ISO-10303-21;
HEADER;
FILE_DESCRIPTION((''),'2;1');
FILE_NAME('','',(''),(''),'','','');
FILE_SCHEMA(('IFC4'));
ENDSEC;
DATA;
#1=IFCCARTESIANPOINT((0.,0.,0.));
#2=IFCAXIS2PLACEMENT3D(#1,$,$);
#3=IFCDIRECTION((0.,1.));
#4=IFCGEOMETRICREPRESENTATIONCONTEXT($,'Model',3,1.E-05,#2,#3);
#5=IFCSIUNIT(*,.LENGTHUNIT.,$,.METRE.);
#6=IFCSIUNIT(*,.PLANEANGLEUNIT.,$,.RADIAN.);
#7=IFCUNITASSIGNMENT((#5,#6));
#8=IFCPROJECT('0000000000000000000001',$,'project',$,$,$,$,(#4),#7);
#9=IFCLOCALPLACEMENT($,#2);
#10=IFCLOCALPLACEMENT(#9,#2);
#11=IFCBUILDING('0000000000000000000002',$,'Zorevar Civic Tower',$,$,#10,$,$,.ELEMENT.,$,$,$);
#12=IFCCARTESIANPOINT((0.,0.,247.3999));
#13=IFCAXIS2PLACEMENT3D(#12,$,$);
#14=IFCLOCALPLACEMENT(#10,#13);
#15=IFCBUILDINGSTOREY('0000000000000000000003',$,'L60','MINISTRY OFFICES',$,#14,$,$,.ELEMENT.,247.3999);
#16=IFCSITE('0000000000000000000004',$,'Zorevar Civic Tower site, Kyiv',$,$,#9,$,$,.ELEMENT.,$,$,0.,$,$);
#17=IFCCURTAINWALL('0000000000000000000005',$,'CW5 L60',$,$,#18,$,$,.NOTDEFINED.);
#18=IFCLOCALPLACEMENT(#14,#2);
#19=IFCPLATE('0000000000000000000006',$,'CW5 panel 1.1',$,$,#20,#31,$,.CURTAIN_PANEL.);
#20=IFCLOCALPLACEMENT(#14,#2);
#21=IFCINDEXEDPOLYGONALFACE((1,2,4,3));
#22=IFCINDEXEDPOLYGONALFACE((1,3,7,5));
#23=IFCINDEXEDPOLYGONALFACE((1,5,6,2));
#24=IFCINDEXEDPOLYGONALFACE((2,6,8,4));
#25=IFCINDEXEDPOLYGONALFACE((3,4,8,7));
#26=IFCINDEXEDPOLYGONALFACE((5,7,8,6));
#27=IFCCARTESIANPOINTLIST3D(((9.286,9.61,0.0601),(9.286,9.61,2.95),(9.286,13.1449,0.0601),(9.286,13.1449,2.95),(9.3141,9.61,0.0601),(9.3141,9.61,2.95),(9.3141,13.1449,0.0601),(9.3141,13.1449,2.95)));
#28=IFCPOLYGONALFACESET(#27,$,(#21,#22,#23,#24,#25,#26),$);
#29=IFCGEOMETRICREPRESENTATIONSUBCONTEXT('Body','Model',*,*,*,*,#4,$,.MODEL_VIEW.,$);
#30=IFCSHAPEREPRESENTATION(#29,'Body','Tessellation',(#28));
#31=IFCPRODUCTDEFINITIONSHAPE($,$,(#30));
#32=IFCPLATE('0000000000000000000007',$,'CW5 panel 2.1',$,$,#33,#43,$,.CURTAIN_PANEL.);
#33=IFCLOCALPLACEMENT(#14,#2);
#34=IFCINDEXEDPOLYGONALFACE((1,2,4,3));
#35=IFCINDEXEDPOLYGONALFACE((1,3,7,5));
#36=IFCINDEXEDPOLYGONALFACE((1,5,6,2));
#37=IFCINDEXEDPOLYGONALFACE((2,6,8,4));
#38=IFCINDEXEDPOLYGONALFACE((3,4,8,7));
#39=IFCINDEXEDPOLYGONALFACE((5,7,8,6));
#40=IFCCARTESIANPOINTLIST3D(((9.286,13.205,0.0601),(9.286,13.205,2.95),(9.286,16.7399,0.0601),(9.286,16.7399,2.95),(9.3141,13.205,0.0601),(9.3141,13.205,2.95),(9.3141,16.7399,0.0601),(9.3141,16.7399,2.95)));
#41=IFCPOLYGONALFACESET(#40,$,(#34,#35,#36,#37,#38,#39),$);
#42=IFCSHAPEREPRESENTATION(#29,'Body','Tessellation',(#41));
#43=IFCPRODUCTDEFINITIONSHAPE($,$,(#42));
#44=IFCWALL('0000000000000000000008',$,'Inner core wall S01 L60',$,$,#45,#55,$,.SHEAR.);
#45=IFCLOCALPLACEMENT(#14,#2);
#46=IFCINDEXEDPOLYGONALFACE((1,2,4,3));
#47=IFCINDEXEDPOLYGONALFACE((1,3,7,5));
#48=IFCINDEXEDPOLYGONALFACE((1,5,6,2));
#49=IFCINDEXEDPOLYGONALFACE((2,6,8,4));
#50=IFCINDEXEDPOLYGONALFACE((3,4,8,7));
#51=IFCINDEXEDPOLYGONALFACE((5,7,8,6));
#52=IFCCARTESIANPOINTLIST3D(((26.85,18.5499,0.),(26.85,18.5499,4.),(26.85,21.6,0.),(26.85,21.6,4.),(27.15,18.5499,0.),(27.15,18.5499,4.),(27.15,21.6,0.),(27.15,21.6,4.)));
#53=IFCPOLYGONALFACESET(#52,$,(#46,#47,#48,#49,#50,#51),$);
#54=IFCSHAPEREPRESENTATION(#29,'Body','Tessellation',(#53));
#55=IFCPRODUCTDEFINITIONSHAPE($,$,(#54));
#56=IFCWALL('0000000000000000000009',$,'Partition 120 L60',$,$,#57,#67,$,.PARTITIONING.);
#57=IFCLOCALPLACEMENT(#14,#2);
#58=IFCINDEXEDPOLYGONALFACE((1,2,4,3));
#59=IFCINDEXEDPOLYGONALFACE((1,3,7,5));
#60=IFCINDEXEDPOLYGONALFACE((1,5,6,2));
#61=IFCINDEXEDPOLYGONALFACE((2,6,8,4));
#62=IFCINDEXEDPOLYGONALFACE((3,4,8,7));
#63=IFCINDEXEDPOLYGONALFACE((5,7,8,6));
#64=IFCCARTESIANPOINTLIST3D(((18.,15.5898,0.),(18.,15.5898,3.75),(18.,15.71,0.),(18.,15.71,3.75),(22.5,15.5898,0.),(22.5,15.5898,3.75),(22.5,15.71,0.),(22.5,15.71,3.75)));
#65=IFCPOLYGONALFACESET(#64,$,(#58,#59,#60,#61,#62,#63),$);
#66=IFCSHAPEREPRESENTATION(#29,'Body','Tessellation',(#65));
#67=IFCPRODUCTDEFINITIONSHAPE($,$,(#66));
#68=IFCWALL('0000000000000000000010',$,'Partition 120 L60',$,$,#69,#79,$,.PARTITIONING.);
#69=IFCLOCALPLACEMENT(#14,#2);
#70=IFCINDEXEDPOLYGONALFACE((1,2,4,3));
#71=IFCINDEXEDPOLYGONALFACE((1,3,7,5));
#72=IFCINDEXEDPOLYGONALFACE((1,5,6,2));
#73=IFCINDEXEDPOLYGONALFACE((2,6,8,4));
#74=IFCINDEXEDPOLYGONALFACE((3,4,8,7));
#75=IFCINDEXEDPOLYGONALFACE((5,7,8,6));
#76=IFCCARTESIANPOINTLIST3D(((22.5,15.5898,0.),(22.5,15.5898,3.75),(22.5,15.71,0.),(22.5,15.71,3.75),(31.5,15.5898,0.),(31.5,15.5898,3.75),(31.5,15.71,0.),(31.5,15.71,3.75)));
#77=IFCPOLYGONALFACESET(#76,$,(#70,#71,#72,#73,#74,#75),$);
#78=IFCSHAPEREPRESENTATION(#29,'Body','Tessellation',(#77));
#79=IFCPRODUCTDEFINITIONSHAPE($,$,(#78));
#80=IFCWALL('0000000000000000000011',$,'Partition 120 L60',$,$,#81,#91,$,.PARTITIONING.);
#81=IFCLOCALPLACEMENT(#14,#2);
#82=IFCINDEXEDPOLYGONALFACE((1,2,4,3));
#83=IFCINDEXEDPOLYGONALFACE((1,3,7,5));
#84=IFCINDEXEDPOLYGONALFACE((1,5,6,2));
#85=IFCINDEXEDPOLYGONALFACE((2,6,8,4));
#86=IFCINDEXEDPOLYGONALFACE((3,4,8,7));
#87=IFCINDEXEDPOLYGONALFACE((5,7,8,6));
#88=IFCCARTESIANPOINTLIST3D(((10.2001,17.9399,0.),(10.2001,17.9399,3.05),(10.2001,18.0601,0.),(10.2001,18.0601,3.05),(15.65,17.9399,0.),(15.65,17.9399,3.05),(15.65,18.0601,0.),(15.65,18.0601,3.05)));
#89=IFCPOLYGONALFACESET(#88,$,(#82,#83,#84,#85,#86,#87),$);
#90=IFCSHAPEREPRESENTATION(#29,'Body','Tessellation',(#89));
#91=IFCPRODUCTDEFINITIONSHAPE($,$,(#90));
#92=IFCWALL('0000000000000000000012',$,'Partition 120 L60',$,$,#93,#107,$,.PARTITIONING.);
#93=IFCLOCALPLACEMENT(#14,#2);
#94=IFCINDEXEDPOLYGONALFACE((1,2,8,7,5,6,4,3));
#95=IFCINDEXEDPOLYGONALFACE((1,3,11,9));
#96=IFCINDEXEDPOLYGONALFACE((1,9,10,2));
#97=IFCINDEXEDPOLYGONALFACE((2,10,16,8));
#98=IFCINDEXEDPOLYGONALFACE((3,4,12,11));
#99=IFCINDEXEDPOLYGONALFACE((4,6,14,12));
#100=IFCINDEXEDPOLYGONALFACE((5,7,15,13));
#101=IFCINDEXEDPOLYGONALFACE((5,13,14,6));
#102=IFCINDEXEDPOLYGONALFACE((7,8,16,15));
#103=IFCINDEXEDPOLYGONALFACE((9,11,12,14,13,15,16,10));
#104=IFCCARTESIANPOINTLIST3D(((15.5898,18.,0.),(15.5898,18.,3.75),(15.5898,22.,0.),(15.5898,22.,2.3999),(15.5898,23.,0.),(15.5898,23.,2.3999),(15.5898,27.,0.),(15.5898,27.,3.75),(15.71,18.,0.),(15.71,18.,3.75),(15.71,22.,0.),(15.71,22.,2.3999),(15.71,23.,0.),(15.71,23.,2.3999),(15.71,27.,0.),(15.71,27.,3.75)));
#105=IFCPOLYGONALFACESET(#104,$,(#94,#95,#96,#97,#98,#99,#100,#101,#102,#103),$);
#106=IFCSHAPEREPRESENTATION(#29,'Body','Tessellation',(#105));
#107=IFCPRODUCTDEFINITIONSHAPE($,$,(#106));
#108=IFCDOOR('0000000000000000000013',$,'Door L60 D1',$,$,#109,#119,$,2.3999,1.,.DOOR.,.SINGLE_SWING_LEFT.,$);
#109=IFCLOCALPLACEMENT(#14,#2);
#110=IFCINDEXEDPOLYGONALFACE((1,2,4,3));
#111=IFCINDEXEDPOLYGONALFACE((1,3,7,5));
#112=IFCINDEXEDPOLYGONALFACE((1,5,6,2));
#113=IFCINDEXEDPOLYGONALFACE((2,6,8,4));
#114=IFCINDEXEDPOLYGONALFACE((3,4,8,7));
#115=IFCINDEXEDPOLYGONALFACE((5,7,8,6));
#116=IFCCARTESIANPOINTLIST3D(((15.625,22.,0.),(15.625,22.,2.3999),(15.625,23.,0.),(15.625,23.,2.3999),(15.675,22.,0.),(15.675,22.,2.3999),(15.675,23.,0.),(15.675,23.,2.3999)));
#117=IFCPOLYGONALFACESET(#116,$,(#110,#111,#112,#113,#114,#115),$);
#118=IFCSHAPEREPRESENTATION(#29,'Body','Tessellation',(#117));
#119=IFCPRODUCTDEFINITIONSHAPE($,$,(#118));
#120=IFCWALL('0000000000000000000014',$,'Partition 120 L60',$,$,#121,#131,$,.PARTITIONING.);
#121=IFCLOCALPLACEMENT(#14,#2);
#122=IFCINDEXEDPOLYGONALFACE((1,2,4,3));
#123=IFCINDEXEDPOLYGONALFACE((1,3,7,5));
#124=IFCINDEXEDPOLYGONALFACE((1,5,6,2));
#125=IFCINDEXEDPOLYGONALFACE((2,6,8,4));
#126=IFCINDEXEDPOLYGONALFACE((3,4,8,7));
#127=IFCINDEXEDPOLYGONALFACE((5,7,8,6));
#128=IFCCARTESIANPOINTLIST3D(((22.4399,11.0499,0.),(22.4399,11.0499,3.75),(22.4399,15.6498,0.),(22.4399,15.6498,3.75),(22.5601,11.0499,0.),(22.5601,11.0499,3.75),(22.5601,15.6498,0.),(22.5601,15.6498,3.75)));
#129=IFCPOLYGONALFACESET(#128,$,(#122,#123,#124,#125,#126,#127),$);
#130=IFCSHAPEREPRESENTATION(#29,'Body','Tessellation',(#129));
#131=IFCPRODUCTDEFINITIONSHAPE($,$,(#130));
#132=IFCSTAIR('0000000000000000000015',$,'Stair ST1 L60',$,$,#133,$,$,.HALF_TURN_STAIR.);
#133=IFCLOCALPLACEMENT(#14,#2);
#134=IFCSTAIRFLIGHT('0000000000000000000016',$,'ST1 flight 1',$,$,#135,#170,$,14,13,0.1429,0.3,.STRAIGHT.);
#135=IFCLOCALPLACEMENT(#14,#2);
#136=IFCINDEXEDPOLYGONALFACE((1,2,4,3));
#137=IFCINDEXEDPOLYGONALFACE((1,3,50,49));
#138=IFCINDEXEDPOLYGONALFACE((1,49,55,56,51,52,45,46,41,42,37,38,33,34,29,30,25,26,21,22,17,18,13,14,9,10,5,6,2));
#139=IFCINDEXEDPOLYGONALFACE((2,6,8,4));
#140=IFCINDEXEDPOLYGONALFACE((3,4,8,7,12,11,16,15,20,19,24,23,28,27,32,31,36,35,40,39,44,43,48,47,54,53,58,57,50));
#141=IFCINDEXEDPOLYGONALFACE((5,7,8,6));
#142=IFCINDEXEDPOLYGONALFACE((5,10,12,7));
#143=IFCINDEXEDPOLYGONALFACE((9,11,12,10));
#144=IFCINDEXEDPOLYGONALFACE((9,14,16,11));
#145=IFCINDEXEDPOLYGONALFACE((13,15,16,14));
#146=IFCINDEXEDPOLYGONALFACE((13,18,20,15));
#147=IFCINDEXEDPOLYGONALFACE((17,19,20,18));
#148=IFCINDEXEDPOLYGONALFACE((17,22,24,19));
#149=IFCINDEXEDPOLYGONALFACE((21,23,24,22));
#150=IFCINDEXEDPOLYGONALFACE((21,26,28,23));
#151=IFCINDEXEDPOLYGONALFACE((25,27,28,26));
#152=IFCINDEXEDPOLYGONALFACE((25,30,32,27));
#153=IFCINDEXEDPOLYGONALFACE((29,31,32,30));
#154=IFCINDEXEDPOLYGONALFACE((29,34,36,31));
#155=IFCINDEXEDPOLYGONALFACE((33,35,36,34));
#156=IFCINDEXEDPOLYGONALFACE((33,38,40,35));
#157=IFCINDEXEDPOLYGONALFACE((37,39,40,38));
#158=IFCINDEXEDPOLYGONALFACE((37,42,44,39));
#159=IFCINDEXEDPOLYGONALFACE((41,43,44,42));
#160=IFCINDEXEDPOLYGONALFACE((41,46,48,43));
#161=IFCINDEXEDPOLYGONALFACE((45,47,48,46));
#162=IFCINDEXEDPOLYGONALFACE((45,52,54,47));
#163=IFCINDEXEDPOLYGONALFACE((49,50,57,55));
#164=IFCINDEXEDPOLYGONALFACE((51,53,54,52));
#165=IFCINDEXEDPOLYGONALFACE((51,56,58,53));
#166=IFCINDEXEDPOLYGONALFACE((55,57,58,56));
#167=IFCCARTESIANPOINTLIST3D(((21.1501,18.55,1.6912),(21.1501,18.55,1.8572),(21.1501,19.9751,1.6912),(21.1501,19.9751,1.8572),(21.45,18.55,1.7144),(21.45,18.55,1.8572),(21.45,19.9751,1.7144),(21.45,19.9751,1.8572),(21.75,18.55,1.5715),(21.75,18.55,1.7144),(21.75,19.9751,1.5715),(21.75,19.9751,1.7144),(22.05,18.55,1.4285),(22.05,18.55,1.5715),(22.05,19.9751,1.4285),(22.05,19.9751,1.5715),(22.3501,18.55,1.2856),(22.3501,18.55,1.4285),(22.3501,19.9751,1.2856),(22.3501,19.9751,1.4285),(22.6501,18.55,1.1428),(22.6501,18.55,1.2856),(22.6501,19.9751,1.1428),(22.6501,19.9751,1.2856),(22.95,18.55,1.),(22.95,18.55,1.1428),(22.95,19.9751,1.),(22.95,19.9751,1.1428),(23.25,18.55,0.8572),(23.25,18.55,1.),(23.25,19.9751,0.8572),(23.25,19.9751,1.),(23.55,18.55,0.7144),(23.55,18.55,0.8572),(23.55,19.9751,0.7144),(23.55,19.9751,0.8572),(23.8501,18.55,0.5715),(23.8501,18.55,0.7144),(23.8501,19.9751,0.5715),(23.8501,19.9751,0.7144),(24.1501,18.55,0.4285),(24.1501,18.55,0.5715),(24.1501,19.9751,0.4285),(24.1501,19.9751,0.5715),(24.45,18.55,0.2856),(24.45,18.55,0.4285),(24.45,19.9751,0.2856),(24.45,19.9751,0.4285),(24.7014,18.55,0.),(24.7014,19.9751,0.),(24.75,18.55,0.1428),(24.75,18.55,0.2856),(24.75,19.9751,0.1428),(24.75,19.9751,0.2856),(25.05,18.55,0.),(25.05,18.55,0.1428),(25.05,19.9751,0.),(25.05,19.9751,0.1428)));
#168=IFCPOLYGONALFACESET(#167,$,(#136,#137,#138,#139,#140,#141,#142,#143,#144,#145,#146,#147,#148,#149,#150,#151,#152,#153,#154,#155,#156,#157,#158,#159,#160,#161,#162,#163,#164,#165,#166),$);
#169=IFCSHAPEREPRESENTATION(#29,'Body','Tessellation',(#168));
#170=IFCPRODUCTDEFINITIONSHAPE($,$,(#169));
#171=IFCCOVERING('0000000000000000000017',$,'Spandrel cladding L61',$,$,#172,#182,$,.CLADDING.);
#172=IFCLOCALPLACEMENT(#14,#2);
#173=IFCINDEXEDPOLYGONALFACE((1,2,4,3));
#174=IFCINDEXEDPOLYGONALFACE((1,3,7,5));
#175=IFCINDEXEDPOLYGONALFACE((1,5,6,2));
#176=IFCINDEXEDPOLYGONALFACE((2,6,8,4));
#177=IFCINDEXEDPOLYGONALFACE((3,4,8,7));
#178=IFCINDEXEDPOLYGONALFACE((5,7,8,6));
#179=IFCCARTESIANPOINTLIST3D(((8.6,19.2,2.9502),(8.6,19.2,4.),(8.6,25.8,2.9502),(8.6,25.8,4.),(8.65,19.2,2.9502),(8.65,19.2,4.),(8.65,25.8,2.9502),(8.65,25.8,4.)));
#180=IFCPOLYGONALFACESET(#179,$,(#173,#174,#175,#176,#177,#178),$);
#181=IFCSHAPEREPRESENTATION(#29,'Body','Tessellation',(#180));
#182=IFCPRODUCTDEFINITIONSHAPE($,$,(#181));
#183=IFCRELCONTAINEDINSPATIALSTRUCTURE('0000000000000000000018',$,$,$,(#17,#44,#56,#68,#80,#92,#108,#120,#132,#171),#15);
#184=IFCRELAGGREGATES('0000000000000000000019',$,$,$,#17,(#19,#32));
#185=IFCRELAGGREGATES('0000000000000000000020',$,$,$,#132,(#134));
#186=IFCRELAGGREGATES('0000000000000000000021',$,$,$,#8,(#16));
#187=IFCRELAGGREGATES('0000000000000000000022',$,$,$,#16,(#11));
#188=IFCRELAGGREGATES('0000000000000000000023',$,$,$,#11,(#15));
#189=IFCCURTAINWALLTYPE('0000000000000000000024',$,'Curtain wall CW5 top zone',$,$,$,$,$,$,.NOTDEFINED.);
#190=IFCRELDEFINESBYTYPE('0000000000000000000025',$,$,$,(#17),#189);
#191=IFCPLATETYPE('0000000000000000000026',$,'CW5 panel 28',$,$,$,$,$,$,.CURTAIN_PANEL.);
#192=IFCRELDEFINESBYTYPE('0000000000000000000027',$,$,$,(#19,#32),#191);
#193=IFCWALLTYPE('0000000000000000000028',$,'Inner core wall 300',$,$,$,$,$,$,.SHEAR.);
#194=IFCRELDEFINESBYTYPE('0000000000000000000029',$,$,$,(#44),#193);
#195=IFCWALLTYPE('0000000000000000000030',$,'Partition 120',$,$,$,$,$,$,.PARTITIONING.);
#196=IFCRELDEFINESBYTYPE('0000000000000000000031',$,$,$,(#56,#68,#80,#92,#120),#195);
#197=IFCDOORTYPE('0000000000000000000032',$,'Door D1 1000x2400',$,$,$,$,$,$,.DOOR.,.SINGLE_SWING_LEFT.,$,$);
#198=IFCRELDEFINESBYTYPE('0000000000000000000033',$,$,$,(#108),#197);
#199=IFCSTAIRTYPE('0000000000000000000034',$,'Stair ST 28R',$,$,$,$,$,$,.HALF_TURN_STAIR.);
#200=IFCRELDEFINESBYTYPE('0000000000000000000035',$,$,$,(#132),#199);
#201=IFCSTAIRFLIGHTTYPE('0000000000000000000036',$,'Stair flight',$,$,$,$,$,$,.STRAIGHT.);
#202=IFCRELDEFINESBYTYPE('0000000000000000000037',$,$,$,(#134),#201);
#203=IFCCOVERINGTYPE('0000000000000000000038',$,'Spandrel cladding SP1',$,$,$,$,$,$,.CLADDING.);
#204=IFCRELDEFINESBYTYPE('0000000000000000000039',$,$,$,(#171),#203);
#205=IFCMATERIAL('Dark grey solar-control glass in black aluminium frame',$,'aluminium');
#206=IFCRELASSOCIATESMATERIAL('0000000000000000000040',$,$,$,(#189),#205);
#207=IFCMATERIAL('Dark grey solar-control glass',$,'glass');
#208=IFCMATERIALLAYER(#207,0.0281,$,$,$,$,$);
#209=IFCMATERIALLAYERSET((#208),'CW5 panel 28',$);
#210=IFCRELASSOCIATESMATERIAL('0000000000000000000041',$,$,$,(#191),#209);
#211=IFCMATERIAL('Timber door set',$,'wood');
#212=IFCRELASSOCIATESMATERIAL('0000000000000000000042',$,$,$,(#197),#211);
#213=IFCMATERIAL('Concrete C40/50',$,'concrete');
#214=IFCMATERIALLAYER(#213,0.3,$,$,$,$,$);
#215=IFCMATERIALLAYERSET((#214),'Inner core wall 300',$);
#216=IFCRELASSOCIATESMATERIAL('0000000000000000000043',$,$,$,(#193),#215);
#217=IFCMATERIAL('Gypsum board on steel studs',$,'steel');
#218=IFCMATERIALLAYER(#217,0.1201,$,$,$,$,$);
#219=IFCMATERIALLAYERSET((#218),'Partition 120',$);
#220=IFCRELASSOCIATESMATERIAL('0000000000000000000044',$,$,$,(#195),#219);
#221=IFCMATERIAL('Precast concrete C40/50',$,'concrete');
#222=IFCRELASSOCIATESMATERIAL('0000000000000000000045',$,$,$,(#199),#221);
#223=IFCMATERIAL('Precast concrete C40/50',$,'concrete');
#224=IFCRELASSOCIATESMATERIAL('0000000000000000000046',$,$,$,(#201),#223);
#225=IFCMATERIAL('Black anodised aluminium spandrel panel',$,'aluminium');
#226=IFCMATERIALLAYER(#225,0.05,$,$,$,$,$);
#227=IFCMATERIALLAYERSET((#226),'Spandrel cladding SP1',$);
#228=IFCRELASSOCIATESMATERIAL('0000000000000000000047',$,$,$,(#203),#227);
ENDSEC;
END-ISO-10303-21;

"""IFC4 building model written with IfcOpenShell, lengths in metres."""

from ifc_helpers import new_model, si_unit, direction, frame, frame_2d, origin, origin_2d, place, context, subcontext, project, spatial, polyline, rectangle, outline, extrude, material, layer, layer_set, type_object, element, fill, aggregate, save


model = new_model("IFC4")

# Units and contexts
model_context = context("Model", 3, precision=1e-05, world=origin(), true_north=direction((0.0, 1.0)))
body_context = subcontext(model_context, "Body", "Model", "MODEL_VIEW")
ifc_project = project(units=[si_unit("LENGTHUNIT", "METRE"), si_unit("PLANEANGLEUNIT", "RADIAN")], contexts=[model_context])

# Site, building, storey
site_placement = place(None, origin())
site = spatial("IfcSite", under=ifc_project, at=site_placement, Name="Zorevar Civic Tower site, Kyiv", CompositionType="ELEMENT", RefElevation=0.0)
building_placement = place(site_placement, origin())
building = spatial("IfcBuilding", under=site, at=building_placement, Name="Zorevar Civic Tower", CompositionType="ELEMENT")
storey_placement = place(building_placement, frame((0.0, 0.0, 247.3999)))
storey = spatial("IfcBuildingStorey", under=building, at=storey_placement, Name="L60", Description="MINISTRY OFFICES", CompositionType="ELEMENT", Elevation=247.3999)

# Curtain wall
ifc_material_1 = material(Name="Dark grey solar-control glass in black aluminium frame", Category="aluminium")
curtain_wall_type = type_object("IfcCurtainWallType", Name="Curtain wall CW5 top zone", PredefinedType="NOTDEFINED", material=ifc_material_1)
curtain_wall_1_placement = place(storey_placement, origin())
curtain_wall_1 = element("IfcCurtainWall", 1, at=curtain_wall_1_placement, inside=storey, type_object=curtain_wall_type, Name="CW5 L60", PredefinedType="NOTDEFINED")

# Plates
ifc_material_2 = material(Name="Dark grey solar-control glass", Category="glass")
ifc_layer_1 = layer(ifc_material_2, 0.0281)
ifc_layer_set_1 = layer_set([ifc_layer_1], Name="CW5 panel 28")
plate_type = type_object("IfcPlateType", Name="CW5 panel 28", PredefinedType="CURTAIN_PANEL", material=ifc_layer_set_1)
plate_1_placement = place(storey_placement, frame((9.3, 11.3774, 0.0601), z_axis=(0.0, 0.0, 1.0), x_axis=(0.0, 1.0, 0.0)))
plate_1 = element("IfcPlate", 2, at=plate_1_placement, type_object=plate_type, Name="CW5 panel 1.1", PredefinedType="CURTAIN_PANEL", context=body_context, shape_type="SweptSolid", body=[
    extrude(rectangle(XDim=3.5349, YDim=0.0281, at=origin_2d()), origin(), (0.0, 0.0, 1.0), 2.8899),
])
plate_2_placement = place(storey_placement, frame((9.3, 14.9724, 0.0601), z_axis=(0.0, 0.0, 1.0), x_axis=(0.0, 1.0, 0.0)))
plate_2 = element("IfcPlate", 3, at=plate_2_placement, type_object=plate_type, Name="CW5 panel 2.1", PredefinedType="CURTAIN_PANEL", context=body_context, shape_type="SweptSolid", body=[
    extrude(rectangle(XDim=3.5349, YDim=0.0281, at=origin_2d()), origin(), (0.0, 0.0, 1.0), 2.8899),
])
aggregate(curtain_wall_1, [plate_1, plate_2])

# Shared definitions
ifc_material_3 = material(Name="Timber door set", Category="wood")
door_type_1 = type_object("IfcDoorType", Name="Door D1 1000x2400", OperationType="SINGLE_SWING_LEFT", PredefinedType="DOOR", material=ifc_material_3)

# Walls
ifc_material_4 = material(Name="Concrete C40/50", Category="concrete")
ifc_layer_2 = layer(ifc_material_4, 0.3)
ifc_layer_set_2 = layer_set([ifc_layer_2], Name="Inner core wall 300")
wall_type_1 = type_object("IfcWallType", Name="Inner core wall 300", PredefinedType="SHEAR", material=ifc_layer_set_2)
wall_1_placement = place(storey_placement, frame((27.0, 18.55, 0.0), z_axis=(0.0, 0.0, 1.0), x_axis=(0.0, 1.0, 0.0)))
element("IfcWall", 4, at=wall_1_placement, inside=storey, type_object=wall_type_1, Name="Inner core wall S01 L60", PredefinedType="SHEAR", context=body_context, shape_type="SweptSolid", body=[
    extrude(rectangle(XDim=3.05, YDim=0.3, at=frame_2d((1.5249, 0.0))), origin(), (0.0, 0.0, 1.0), 4.0),
])
ifc_material_5 = material(Name="Gypsum board on steel studs", Category="steel")
ifc_layer_3 = layer(ifc_material_5, 0.1201)
ifc_layer_set_3 = layer_set([ifc_layer_3], Name="Partition 120")
wall_type_2 = type_object("IfcWallType", Name="Partition 120", PredefinedType="PARTITIONING", material=ifc_layer_set_3)
wall_2_placement = place(storey_placement, frame((18.0, 15.6499, 0.0), z_axis=(0.0, 0.0, 1.0), x_axis=(1.0, 0.0, 0.0)))
element("IfcWall", 5, at=wall_2_placement, inside=storey, type_object=wall_type_2, Name="Partition 120 L60", PredefinedType="PARTITIONING", context=body_context, shape_type="SweptSolid", body=[
    extrude(rectangle(XDim=4.5, YDim=0.1201, at=frame_2d((2.25, 0.0))), origin(), (0.0, 0.0, 1.0), 3.75),
])
wall_3_placement = place(storey_placement, frame((22.5, 15.6499, 0.0), z_axis=(0.0, 0.0, 1.0), x_axis=(1.0, 0.0, 0.0)))
element("IfcWall", 6, at=wall_3_placement, inside=storey, type_object=wall_type_2, Name="Partition 120 L60", PredefinedType="PARTITIONING", context=body_context, shape_type="SweptSolid", body=[
    extrude(rectangle(XDim=9.0, YDim=0.1201, at=frame_2d((4.5, 0.0))), origin(), (0.0, 0.0, 1.0), 3.75),
])
wall_4_placement = place(storey_placement, frame((10.2, 18.0, 0.0), z_axis=(0.0, 0.0, 1.0), x_axis=(1.0, 0.0, 0.0)))
element("IfcWall", 7, at=wall_4_placement, inside=storey, type_object=wall_type_2, Name="Partition 120 L60", PredefinedType="PARTITIONING", context=body_context, shape_type="SweptSolid", body=[
    extrude(rectangle(XDim=5.45, YDim=0.1201, at=frame_2d((2.7251, 0.0))), origin(), (0.0, 0.0, 1.0), 3.05),
])

# Wall, opening, door
wall_5_placement = place(storey_placement, frame((15.6499, 18.0, 0.0), z_axis=(0.0, 0.0, 1.0), x_axis=(0.0, 1.0, 0.0)))
wall_5 = element("IfcWall", 8, at=wall_5_placement, inside=storey, type_object=wall_type_2, Name="Partition 120 L60", PredefinedType="PARTITIONING", context=body_context, shape_type="SweptSolid", body=[
    extrude(rectangle(XDim=9.0, YDim=0.1201, at=frame_2d((4.5, 0.0))), origin(), (0.0, 0.0, 1.0), 3.75),
])
opening_1_placement = place(wall_5_placement, frame((4.0, 0.0, 0.0)))
opening_1 = element("IfcOpeningElement", 9, at=opening_1_placement, cuts=wall_5, PredefinedType="OPENING", context=body_context, shape_type="SweptSolid", body=[
    extrude(rectangle(XDim=1.0, YDim=2.3999, at=frame_2d((0.5, 1.2))), frame((0.0, 0.0701, 0.0), z_axis=(0.0, -1.0, 0.0), x_axis=(1.0, 0.0, 0.0)), (0.0, 0.0, 1.0), 0.1401),
])
door_1_placement = place(opening_1_placement, origin())
door_1 = element("IfcDoor", 10, at=door_1_placement, inside=storey, type_object=door_type_1, Name="Door L60 D1", OperationType="SINGLE_SWING_LEFT", OverallHeight=2.3999, OverallWidth=1.0, PredefinedType="DOOR", context=body_context, shape_type="SweptSolid", body=[
    extrude(rectangle(XDim=1.0, YDim=2.3999, at=frame_2d((0.5, 1.2))), frame((0.0, 0.0249, 0.0), z_axis=(0.0, -1.0, 0.0), x_axis=(1.0, 0.0, 0.0)), (0.0, 0.0, 1.0), 0.05),
])
fill(opening_1, door_1)

# Wall
wall_6_placement = place(storey_placement, frame((22.5, 11.05, 0.0), z_axis=(0.0, 0.0, 1.0), x_axis=(0.0, 1.0, 0.0)))
element("IfcWall", 11, at=wall_6_placement, inside=storey, type_object=wall_type_2, Name="Partition 120 L60", PredefinedType="PARTITIONING", context=body_context, shape_type="SweptSolid", body=[
    extrude(rectangle(XDim=4.5999, YDim=0.1201, at=frame_2d((2.2998, 0.0))), origin(), (0.0, 0.0, 1.0), 3.75),
])

# Stair, stair flight
ifc_material_6 = material(Name="Precast concrete C40/50", Category="concrete")
stair_type = type_object("IfcStairType", Name="Stair ST 28R", PredefinedType="HALF_TURN_STAIR", material=ifc_material_6)
stair_placement = place(storey_placement, origin())
stair = element("IfcStair", 12, at=stair_placement, inside=storey, type_object=stair_type, Name="Stair ST1 L60", PredefinedType="HALF_TURN_STAIR")
ifc_material_7 = material(Name="Precast concrete C40/50", Category="concrete")
stair_flight_type = type_object("IfcStairFlightType", Name="Stair flight", PredefinedType="STRAIGHT", material=ifc_material_7)
stair_flight_placement = place(storey_placement, frame((25.05, 19.2625, 0.0), z_axis=(0.0, 0.0, 1.0), x_axis=(-1.0, 0.0, 0.0)))
stair_flight = element("IfcStairFlight", 13, at=stair_flight_placement, type_object=stair_flight_type, Name="ST1 flight 1", NumberOfRisers=14, NumberOfTreads=13, PredefinedType="STRAIGHT", RiserHeight=0.1429, TreadLength=0.3, context=body_context, shape_type="SweptSolid", body=[
    extrude(outline(polyline([(0.0, 0.0), (0.0, 0.1428), (0.3, 0.1428), (0.3, 0.2856), (0.6001, 0.2856), (0.6001, 0.4285), (0.8999, 0.4285), (0.8999, 0.5715), (1.2, 0.5715), (1.2, 0.7144), (1.5, 0.7144), (1.5, 0.8572), (1.8, 0.8572), (1.8, 1.0), (2.1001, 1.0), (2.1001, 1.1428), (2.3999, 1.1428), (2.3999, 1.2856), (2.7, 1.2856), (2.7, 1.4285), (3.0, 1.4285), (3.0, 1.5715), (3.3, 1.5715), (3.3, 1.7144), (3.6001, 1.7144), (3.6001, 1.8572), (3.8999, 1.8572), (3.8999, 2.0), (3.8999, 1.6912), (0.3486, 0.0), (0.0, 0.0)])), frame((0.0, 0.7124, 0.0), z_axis=(0.0, -1.0, 0.0), x_axis=(1.0, 0.0, 0.0)), (0.0, 0.0, 1.0), 1.425),
])
aggregate(stair, [stair_flight])

# Covering
ifc_material_8 = material(Name="Black anodised aluminium spandrel panel", Category="aluminium")
ifc_layer_4 = layer(ifc_material_8, 0.05)
ifc_layer_set_4 = layer_set([ifc_layer_4], Name="Spandrel cladding SP1")
covering_type = type_object("IfcCoveringType", Name="Spandrel cladding SP1", PredefinedType="CLADDING", material=ifc_layer_set_4)
covering_placement = place(storey_placement, frame((8.625, 19.2, 2.9502), z_axis=(0.0, 0.0, 1.0), x_axis=(0.0, 1.0, 0.0)))
element("IfcCovering", 14, at=covering_placement, inside=storey, type_object=covering_type, Name="Spandrel cladding L61", PredefinedType="CLADDING", context=body_context, shape_type="SweptSolid", body=[
    extrude(rectangle(XDim=6.6001, YDim=0.05, at=frame_2d((3.3, 0.0))), origin(), (0.0, 0.0, 1.0), 1.0498),
])

save(model, "model.ifc")
